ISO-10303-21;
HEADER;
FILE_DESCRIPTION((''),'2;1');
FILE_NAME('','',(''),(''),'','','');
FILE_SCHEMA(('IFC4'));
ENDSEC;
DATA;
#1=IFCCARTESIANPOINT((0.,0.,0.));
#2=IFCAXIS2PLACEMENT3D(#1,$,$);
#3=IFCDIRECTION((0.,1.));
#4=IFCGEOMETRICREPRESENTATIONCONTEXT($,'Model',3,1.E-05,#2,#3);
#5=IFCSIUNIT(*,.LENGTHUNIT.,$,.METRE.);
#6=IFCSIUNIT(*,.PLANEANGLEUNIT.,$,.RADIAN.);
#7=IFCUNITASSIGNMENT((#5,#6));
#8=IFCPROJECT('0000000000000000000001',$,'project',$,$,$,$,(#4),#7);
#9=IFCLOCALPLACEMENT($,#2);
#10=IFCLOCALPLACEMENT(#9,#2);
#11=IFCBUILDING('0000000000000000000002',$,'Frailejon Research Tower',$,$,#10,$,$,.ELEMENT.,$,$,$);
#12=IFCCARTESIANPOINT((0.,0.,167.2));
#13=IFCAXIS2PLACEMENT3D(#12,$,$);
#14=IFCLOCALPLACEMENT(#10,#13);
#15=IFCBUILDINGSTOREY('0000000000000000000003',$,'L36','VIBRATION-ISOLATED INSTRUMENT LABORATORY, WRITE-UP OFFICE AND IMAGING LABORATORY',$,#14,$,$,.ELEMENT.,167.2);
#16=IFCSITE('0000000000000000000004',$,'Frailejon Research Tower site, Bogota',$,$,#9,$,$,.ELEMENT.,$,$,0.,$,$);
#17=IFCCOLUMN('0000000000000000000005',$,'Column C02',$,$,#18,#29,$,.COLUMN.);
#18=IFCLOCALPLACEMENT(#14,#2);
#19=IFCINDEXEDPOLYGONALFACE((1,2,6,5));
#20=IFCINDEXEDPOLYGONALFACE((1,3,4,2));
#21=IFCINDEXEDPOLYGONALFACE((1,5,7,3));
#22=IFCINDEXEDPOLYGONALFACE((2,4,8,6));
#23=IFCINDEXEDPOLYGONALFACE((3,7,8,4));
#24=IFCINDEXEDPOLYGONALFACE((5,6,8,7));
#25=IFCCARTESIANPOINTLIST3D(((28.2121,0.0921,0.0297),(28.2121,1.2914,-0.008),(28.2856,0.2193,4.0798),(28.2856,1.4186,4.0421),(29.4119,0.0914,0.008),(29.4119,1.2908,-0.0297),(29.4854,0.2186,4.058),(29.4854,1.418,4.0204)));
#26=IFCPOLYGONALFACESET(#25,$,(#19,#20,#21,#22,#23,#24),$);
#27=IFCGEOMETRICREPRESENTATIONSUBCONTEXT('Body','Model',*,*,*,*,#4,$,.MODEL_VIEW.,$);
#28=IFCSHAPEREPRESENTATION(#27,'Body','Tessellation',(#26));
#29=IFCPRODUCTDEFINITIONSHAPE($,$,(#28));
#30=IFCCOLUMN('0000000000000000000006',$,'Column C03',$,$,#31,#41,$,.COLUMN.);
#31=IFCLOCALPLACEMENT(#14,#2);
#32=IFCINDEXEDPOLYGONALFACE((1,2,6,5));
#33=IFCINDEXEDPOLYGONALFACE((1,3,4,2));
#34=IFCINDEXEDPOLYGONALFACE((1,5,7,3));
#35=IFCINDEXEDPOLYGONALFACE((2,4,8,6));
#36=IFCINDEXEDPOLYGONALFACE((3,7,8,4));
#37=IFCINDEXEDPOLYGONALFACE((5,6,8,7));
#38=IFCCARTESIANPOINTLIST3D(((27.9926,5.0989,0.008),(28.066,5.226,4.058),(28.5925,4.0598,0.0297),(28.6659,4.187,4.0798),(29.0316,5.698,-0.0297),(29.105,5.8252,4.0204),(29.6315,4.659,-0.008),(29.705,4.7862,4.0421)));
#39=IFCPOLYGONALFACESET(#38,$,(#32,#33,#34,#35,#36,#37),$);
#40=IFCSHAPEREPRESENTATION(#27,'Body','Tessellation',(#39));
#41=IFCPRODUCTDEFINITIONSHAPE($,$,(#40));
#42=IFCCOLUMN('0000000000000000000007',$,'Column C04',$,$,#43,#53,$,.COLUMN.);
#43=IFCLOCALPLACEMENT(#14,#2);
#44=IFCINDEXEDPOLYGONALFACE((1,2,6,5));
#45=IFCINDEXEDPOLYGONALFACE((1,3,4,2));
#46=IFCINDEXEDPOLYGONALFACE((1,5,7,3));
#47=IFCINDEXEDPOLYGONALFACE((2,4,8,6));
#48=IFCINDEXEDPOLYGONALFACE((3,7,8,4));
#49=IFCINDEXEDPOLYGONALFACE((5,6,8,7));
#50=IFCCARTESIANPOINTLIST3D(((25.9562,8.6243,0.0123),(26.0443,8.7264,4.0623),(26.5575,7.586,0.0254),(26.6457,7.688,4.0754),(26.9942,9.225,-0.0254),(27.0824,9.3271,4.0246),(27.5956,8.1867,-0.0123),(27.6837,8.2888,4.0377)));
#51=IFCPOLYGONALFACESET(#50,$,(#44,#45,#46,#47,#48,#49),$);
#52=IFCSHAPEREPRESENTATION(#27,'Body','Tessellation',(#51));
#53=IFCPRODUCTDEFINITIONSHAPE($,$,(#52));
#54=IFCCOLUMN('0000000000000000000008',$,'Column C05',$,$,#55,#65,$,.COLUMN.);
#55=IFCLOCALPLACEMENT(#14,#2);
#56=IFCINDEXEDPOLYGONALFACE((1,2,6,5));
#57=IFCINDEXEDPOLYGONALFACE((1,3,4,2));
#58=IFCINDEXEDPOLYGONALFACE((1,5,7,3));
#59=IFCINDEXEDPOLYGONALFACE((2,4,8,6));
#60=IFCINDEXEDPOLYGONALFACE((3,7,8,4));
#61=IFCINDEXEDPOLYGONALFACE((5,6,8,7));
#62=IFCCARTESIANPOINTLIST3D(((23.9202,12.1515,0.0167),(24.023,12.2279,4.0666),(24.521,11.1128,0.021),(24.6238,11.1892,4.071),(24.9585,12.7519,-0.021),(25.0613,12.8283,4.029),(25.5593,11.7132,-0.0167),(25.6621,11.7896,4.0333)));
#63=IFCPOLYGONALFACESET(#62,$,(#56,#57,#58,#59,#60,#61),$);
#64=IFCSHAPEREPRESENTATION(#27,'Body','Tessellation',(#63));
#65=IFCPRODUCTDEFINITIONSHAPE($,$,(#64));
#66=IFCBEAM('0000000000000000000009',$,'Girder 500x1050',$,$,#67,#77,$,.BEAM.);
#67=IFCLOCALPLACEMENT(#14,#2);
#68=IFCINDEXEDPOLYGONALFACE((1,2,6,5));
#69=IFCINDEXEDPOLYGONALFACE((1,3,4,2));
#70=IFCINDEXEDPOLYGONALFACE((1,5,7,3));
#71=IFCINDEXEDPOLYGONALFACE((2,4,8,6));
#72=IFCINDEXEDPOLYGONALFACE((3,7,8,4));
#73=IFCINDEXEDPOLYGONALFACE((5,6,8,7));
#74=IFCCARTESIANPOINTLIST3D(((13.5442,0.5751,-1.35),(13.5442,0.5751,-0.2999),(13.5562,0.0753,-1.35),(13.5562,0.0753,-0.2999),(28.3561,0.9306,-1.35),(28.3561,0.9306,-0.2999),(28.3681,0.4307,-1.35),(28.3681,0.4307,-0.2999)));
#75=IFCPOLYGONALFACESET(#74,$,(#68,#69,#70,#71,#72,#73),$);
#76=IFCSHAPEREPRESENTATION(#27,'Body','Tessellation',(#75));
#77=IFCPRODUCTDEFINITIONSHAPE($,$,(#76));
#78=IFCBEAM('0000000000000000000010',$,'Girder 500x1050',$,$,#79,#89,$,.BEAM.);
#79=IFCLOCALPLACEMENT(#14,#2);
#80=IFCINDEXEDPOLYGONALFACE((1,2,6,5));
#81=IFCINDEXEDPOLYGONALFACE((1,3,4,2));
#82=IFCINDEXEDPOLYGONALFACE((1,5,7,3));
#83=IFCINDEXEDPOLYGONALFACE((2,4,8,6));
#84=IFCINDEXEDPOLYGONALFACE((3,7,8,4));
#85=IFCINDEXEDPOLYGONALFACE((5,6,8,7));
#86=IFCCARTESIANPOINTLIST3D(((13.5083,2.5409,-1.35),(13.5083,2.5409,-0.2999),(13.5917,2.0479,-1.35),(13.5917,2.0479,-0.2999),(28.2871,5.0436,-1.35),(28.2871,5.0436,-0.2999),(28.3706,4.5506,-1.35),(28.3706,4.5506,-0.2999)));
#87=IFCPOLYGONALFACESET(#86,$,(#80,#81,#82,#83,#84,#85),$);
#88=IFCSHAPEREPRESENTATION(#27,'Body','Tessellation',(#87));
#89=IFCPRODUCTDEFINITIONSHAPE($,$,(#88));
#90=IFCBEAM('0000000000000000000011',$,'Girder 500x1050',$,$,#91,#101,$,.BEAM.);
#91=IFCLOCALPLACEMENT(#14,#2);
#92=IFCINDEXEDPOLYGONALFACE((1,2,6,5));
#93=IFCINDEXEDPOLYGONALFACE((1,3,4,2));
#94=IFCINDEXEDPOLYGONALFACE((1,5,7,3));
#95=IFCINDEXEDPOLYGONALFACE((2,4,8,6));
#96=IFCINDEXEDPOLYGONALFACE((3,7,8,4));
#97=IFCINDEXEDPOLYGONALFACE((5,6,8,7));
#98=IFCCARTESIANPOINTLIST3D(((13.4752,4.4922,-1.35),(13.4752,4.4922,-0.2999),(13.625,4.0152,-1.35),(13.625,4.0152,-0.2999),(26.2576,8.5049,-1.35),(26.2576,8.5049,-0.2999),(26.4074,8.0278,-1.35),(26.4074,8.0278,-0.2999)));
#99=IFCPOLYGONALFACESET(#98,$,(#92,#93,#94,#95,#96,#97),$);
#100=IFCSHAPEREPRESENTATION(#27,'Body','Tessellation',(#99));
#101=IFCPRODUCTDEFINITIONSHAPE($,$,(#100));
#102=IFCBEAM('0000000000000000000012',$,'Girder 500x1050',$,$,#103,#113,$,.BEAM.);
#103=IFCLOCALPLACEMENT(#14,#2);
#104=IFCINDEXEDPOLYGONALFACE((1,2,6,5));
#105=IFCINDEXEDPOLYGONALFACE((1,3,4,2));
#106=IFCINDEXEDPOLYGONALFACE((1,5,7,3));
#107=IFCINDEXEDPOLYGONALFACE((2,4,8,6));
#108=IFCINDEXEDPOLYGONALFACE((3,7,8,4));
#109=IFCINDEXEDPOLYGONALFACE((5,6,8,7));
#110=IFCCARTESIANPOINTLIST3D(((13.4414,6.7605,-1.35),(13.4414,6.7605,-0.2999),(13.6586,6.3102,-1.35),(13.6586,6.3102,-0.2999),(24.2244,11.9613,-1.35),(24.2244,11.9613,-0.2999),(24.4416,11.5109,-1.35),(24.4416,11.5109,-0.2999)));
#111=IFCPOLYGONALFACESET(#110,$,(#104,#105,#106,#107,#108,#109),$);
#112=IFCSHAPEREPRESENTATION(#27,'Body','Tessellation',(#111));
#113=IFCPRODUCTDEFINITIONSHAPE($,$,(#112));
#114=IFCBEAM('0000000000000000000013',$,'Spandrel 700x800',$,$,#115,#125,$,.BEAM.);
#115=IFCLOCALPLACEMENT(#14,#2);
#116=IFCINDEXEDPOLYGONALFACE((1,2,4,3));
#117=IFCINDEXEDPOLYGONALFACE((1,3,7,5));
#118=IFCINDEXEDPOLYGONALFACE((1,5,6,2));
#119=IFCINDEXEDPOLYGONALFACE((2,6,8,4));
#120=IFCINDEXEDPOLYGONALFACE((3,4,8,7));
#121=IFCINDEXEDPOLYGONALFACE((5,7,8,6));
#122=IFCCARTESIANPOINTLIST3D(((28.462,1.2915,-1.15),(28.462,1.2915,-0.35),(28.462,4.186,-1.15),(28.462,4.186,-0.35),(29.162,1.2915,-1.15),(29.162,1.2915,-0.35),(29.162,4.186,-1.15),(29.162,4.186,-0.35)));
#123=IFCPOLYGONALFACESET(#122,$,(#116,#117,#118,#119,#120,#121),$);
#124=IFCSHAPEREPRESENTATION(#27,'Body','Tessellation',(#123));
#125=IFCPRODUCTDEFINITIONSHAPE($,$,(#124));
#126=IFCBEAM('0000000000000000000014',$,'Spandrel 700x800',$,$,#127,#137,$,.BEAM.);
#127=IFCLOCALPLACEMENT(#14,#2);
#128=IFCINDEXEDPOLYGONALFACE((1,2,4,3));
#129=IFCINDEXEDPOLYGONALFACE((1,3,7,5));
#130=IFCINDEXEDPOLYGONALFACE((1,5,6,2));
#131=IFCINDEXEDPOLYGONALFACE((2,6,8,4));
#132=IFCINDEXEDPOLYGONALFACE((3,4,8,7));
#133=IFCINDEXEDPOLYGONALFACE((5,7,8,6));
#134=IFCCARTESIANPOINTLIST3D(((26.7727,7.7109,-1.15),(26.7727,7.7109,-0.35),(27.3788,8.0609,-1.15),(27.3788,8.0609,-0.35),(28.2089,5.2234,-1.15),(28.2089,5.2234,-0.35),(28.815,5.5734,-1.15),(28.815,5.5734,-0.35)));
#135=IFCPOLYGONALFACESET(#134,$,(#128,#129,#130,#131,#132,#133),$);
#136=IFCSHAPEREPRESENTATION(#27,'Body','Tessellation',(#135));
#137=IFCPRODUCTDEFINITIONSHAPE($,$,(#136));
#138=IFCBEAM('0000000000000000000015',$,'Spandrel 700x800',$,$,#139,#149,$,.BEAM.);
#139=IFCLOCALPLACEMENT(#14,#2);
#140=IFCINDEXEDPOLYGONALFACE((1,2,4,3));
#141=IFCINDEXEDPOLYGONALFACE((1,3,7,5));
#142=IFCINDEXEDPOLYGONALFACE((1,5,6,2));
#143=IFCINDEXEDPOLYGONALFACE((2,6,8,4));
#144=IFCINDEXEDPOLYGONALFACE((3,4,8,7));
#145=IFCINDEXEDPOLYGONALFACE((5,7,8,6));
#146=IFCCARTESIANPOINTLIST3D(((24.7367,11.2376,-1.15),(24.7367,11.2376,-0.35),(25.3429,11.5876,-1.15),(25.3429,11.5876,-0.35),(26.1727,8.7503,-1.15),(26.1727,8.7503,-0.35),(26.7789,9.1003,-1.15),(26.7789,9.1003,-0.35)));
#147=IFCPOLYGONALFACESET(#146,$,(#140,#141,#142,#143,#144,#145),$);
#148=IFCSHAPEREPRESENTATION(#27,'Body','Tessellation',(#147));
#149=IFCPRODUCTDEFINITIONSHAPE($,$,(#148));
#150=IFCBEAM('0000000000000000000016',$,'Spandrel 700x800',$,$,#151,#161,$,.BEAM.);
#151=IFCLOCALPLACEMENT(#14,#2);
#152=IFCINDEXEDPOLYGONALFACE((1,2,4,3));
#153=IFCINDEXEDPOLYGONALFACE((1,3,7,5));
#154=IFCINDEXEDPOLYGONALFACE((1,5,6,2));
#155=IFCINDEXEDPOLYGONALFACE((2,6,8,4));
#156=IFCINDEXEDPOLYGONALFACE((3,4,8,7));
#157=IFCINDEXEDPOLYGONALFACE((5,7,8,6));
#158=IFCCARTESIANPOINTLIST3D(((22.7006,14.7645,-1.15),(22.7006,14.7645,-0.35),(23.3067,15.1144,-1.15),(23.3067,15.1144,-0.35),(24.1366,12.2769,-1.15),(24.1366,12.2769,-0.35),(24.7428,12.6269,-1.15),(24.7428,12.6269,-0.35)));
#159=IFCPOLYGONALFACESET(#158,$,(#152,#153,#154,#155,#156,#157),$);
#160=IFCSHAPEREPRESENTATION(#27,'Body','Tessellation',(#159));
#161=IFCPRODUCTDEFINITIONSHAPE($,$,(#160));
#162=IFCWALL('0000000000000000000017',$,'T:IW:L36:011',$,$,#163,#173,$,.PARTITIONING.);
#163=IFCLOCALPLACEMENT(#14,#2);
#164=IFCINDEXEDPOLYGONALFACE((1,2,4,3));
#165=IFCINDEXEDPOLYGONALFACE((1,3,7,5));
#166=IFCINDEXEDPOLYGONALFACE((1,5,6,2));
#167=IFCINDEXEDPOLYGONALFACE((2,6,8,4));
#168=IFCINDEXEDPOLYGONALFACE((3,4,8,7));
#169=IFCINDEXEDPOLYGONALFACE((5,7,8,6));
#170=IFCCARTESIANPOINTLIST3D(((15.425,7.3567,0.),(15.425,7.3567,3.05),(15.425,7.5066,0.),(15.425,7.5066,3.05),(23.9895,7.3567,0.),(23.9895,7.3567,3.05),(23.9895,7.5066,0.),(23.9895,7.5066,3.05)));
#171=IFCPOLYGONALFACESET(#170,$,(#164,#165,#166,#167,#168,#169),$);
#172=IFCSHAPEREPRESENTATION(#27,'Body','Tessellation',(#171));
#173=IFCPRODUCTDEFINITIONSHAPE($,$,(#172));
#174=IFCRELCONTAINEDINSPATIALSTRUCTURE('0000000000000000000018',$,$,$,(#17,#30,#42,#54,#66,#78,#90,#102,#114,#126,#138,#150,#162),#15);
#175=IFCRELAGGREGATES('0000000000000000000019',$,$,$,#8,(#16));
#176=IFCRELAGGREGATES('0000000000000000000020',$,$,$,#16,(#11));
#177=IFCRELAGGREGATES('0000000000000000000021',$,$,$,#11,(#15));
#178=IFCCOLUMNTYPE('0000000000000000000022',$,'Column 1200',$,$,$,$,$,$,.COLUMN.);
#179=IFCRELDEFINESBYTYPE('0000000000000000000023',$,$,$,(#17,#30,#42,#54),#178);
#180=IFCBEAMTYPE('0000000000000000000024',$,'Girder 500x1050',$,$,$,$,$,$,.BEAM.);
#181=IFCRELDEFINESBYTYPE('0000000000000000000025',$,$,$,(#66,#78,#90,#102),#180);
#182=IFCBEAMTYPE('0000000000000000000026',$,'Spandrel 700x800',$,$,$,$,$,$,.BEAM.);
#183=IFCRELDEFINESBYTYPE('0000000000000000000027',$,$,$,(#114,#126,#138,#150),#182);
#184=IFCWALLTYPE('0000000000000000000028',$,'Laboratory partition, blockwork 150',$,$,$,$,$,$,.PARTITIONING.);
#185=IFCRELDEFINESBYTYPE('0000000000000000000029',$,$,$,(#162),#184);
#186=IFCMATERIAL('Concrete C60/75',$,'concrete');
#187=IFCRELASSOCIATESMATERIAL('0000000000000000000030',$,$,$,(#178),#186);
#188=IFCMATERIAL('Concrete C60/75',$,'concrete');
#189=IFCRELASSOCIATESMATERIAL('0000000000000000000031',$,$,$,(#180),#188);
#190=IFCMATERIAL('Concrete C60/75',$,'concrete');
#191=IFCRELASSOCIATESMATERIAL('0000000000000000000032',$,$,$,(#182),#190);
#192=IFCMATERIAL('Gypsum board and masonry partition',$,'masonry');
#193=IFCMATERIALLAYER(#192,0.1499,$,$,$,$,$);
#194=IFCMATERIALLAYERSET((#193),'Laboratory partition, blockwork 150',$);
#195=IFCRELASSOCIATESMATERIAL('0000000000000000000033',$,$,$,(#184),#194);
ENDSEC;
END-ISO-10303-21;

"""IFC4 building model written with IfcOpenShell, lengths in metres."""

from ifc_helpers import new_model, si_unit, direction, frame, frame_2d, origin, origin_2d, place, context, subcontext, project, spatial, rectangle, extrude, material, layer, layer_set, material_profile, profile_set, type_object, element, save


model = new_model("IFC4")

# Units and contexts
model_context = context("Model", 3, precision=1e-05, world=origin(), true_north=direction((0.0, 1.0)))
body_context = subcontext(model_context, "Body", "Model", "MODEL_VIEW")
ifc_project = project(units=[si_unit("LENGTHUNIT", "METRE"), si_unit("PLANEANGLEUNIT", "RADIAN")], contexts=[model_context])

# Site, building, storey
site_placement = place(None, origin())
site = spatial("IfcSite", under=ifc_project, at=site_placement, Name="Frailejon Research Tower site, Bogota", CompositionType="ELEMENT", RefElevation=0.0)
building_placement = place(site_placement, origin())
building = spatial("IfcBuilding", under=site, at=building_placement, Name="Frailejon Research Tower", CompositionType="ELEMENT")
storey_placement = place(building_placement, frame((0.0, 0.0, 167.2)))
storey = spatial("IfcBuildingStorey", under=building, at=storey_placement, Name="L36", Description="VIBRATION-ISOLATED INSTRUMENT LABORATORY, WRITE-UP OFFICE AND IMAGING LABORATORY", CompositionType="ELEMENT", Elevation=167.2)

# Columns
ifc_material_1 = material(Name="Concrete C60/75", Category="concrete")
ifc_material_profile_1 = material_profile(ifc_material_1, rectangle(XDim=1.2, YDim=1.2, at=origin_2d()), Name="Column 1200")
ifc_profile_set_1 = profile_set([ifc_material_profile_1], Name="Concrete C60/75")
column_type = type_object("IfcColumnType", Name="Column 1200", PredefinedType="COLUMN", material=ifc_profile_set_1)
for number, where, z_axis, x_axis, name in (
    (1, (28.812, 0.6914, 0.0), (0.018133, 0.031386, 0.999343), (-0.000022, 0.999507, -0.03139), "Column C02"),
    (2, (28.812, 4.8789, 0.0), (0.018133, 0.031386, 0.999343), (-0.499939, 0.865871, -0.018123), "Column C03"),
):
    element("IfcColumn", number, at=place(storey_placement, frame(where, z_axis=z_axis, x_axis=x_axis)), inside=storey, type_object=column_type, Name=name, PredefinedType="COLUMN", context=body_context, shape_type="SweptSolid", body=[
        extrude(rectangle(XDim=1.2, YDim=1.2, at=origin_2d()), origin(), (0.0, 0.0, 1.0), 4.0527),
    ])
column_1_placement = place(storey_placement, frame((26.7759, 8.4055, 0.0), z_axis=(0.021749, 0.025183, 0.999446), x_axis=(-0.501142, 0.865297, -0.010898)))
element("IfcColumn", 3, at=column_1_placement, inside=storey, type_object=column_type, Name="Column C04", PredefinedType="COLUMN", context=body_context, shape_type="SweptSolid", body=[
    extrude(rectangle(XDim=1.2, YDim=1.2, at=origin_2d()), origin(), (0.0, 0.0, 1.0), 4.0522),
])
column_2_placement = place(storey_placement, frame((24.7397, 11.9324, 0.0), z_axis=(0.025366, 0.018858, 0.9995), x_axis=(-0.500693, 0.865617, -0.003626)))
element("IfcColumn", 4, at=column_2_placement, inside=storey, type_object=column_type, Name="Column C05", PredefinedType="COLUMN", context=body_context, shape_type="SweptSolid", body=[
    extrude(rectangle(XDim=1.2, YDim=1.2, at=origin_2d()), origin(), (0.0, 0.0, 1.0), 4.052),
])

# Beams
ifc_material_2 = material(Name="Concrete C60/75", Category="concrete")
ifc_material_profile_2 = material_profile(ifc_material_2, rectangle(XDim=0.5, YDim=1.05, at=origin_2d()), Name="Girder 500x1050")
ifc_profile_set_2 = profile_set([ifc_material_profile_2], Name="Concrete C60/75")
beam_type_1 = type_object("IfcBeamType", Name="Girder 500x1050", PredefinedType="BEAM", material=ifc_profile_set_2)
beam_1_placement = place(storey_placement, frame((28.3621, 0.6807, -0.825), z_axis=(-0.999712, -0.023992, 0.0), x_axis=(0.023992, -0.999712, 0.0)))
element("IfcBeam", 5, at=beam_1_placement, inside=storey, type_object=beam_type_1, Name="Girder 500x1050", PredefinedType="BEAM", context=body_context, shape_type="SweptSolid", body=[
    extrude(rectangle(XDim=0.5, YDim=1.05, at=origin_2d()), origin(), (0.0, 0.0, 1.0), 14.8162),
])
beam_2_placement = place(storey_placement, frame((28.3289, 4.7971, -0.825), z_axis=(-0.985963, -0.166966, 0.0), x_axis=(0.166966, -0.985963, 0.0)))
element("IfcBeam", 6, at=beam_2_placement, inside=storey, type_object=beam_type_1, Name="Girder 500x1050", PredefinedType="BEAM", context=body_context, shape_type="SweptSolid", body=[
    extrude(rectangle(XDim=0.5, YDim=1.05, at=origin_2d()), origin(), (0.0, 0.0, 1.0), 14.9893),
])
beam_3_placement = place(storey_placement, frame((26.3325, 8.2664, -0.825), z_axis=(-0.954093, -0.299511, 0.0), x_axis=(0.299511, -0.954093, 0.0)))
element("IfcBeam", 7, at=beam_3_placement, inside=storey, type_object=beam_type_1, Name="Girder 500x1050", PredefinedType="BEAM", context=body_context, shape_type="SweptSolid", body=[
    extrude(rectangle(XDim=0.5, YDim=1.05, at=origin_2d()), origin(), (0.0, 0.0, 1.0), 13.3975),
])
beam_4_placement = place(storey_placement, frame((24.333, 11.7361, -0.825), z_axis=(-0.900711, -0.434418, 0.0), x_axis=(0.434418, -0.900711, 0.0)))
element("IfcBeam", 8, at=beam_4_placement, inside=storey, type_object=beam_type_1, Name="Girder 500x1050", PredefinedType="BEAM", context=body_context, shape_type="SweptSolid", body=[
    extrude(rectangle(XDim=0.5, YDim=1.05, at=origin_2d()), origin(), (0.0, 0.0, 1.0), 11.9717),
])
ifc_material_3 = material(Name="Concrete C60/75", Category="concrete")
ifc_material_profile_3 = material_profile(ifc_material_3, rectangle(XDim=0.7, YDim=0.8, at=origin_2d()), Name="Spandrel 700x800")
ifc_profile_set_3 = profile_set([ifc_material_profile_3], Name="Concrete C60/75")
beam_type_2 = type_object("IfcBeamType", Name="Spandrel 700x800", PredefinedType="BEAM", material=ifc_profile_set_3)
beam_5_placement = place(storey_placement, frame((28.812, 1.2915, -0.75), z_axis=(0.0, 1.0, 0.0), x_axis=(-1.0, 0.0, 0.0)))
element("IfcBeam", 9, at=beam_5_placement, inside=storey, type_object=beam_type_2, Name="Spandrel 700x800", PredefinedType="BEAM", context=body_context, shape_type="SweptSolid", body=[
    extrude(rectangle(XDim=0.7, YDim=0.8, at=origin_2d()), origin(), (0.0, 0.0, 1.0), 2.8945),
])
beam_6_placement = place(storey_placement, frame((28.512, 5.3984, -0.75), z_axis=(-0.500024, 0.866011, 0.0), x_axis=(-0.866011, -0.500024, 0.0)))
element("IfcBeam", 10, at=beam_6_placement, inside=storey, type_object=beam_type_2, Name="Spandrel 700x800", PredefinedType="BEAM", context=body_context, shape_type="SweptSolid", body=[
    extrude(rectangle(XDim=0.7, YDim=0.8, at=origin_2d()), origin(), (0.0, 0.0, 1.0), 2.8723),
])
beam_7_placement = place(storey_placement, frame((26.4758, 8.9253, -0.75), z_axis=(-0.499997, 0.866027, 0.0), x_axis=(-0.866027, -0.499997, 0.0)))
element("IfcBeam", 11, at=beam_7_placement, inside=storey, type_object=beam_type_2, Name="Spandrel 700x800", PredefinedType="BEAM", context=body_context, shape_type="SweptSolid", body=[
    extrude(rectangle(XDim=0.7, YDim=0.8, at=origin_2d()), origin(), (0.0, 0.0, 1.0), 2.8721),
])
beam_8_placement = place(storey_placement, frame((24.4397, 12.4519, -0.75), z_axis=(-0.49996, 0.866048, 0.0), x_axis=(-0.866048, -0.49996, 0.0)))
element("IfcBeam", 12, at=beam_8_placement, inside=storey, type_object=beam_type_2, Name="Spandrel 700x800", PredefinedType="BEAM", context=body_context, shape_type="SweptSolid", body=[
    extrude(rectangle(XDim=0.7, YDim=0.8, at=origin_2d()), origin(), (0.0, 0.0, 1.0), 2.8723),
])

# Wall
ifc_material_4 = material(Name="Gypsum board and masonry partition", Category="masonry")
ifc_layer_1 = layer(ifc_material_4, 0.1499)
ifc_layer_set_1 = layer_set([ifc_layer_1], Name="Laboratory partition, blockwork 150")
wall_type_1 = type_object("IfcWallType", Name="Laboratory partition, blockwork 150", PredefinedType="PARTITIONING", material=ifc_layer_set_1)
wall_1_placement = place(storey_placement, frame((15.425, 7.4316, 0.0), z_axis=(0.0, 0.0, 1.0), x_axis=(1.0, 0.0, 0.0)))
element("IfcWall", 13, at=wall_1_placement, inside=storey, type_object=wall_type_1, Name="T:IW:L36:011", PredefinedType="PARTITIONING", context=body_context, shape_type="SweptSolid", body=[
    extrude(rectangle(XDim=8.5645, YDim=0.1499, at=frame_2d((4.2822, 0.0))), origin(), (0.0, 0.0, 1.0), 3.05),
])

save(model, "model.ifc")
